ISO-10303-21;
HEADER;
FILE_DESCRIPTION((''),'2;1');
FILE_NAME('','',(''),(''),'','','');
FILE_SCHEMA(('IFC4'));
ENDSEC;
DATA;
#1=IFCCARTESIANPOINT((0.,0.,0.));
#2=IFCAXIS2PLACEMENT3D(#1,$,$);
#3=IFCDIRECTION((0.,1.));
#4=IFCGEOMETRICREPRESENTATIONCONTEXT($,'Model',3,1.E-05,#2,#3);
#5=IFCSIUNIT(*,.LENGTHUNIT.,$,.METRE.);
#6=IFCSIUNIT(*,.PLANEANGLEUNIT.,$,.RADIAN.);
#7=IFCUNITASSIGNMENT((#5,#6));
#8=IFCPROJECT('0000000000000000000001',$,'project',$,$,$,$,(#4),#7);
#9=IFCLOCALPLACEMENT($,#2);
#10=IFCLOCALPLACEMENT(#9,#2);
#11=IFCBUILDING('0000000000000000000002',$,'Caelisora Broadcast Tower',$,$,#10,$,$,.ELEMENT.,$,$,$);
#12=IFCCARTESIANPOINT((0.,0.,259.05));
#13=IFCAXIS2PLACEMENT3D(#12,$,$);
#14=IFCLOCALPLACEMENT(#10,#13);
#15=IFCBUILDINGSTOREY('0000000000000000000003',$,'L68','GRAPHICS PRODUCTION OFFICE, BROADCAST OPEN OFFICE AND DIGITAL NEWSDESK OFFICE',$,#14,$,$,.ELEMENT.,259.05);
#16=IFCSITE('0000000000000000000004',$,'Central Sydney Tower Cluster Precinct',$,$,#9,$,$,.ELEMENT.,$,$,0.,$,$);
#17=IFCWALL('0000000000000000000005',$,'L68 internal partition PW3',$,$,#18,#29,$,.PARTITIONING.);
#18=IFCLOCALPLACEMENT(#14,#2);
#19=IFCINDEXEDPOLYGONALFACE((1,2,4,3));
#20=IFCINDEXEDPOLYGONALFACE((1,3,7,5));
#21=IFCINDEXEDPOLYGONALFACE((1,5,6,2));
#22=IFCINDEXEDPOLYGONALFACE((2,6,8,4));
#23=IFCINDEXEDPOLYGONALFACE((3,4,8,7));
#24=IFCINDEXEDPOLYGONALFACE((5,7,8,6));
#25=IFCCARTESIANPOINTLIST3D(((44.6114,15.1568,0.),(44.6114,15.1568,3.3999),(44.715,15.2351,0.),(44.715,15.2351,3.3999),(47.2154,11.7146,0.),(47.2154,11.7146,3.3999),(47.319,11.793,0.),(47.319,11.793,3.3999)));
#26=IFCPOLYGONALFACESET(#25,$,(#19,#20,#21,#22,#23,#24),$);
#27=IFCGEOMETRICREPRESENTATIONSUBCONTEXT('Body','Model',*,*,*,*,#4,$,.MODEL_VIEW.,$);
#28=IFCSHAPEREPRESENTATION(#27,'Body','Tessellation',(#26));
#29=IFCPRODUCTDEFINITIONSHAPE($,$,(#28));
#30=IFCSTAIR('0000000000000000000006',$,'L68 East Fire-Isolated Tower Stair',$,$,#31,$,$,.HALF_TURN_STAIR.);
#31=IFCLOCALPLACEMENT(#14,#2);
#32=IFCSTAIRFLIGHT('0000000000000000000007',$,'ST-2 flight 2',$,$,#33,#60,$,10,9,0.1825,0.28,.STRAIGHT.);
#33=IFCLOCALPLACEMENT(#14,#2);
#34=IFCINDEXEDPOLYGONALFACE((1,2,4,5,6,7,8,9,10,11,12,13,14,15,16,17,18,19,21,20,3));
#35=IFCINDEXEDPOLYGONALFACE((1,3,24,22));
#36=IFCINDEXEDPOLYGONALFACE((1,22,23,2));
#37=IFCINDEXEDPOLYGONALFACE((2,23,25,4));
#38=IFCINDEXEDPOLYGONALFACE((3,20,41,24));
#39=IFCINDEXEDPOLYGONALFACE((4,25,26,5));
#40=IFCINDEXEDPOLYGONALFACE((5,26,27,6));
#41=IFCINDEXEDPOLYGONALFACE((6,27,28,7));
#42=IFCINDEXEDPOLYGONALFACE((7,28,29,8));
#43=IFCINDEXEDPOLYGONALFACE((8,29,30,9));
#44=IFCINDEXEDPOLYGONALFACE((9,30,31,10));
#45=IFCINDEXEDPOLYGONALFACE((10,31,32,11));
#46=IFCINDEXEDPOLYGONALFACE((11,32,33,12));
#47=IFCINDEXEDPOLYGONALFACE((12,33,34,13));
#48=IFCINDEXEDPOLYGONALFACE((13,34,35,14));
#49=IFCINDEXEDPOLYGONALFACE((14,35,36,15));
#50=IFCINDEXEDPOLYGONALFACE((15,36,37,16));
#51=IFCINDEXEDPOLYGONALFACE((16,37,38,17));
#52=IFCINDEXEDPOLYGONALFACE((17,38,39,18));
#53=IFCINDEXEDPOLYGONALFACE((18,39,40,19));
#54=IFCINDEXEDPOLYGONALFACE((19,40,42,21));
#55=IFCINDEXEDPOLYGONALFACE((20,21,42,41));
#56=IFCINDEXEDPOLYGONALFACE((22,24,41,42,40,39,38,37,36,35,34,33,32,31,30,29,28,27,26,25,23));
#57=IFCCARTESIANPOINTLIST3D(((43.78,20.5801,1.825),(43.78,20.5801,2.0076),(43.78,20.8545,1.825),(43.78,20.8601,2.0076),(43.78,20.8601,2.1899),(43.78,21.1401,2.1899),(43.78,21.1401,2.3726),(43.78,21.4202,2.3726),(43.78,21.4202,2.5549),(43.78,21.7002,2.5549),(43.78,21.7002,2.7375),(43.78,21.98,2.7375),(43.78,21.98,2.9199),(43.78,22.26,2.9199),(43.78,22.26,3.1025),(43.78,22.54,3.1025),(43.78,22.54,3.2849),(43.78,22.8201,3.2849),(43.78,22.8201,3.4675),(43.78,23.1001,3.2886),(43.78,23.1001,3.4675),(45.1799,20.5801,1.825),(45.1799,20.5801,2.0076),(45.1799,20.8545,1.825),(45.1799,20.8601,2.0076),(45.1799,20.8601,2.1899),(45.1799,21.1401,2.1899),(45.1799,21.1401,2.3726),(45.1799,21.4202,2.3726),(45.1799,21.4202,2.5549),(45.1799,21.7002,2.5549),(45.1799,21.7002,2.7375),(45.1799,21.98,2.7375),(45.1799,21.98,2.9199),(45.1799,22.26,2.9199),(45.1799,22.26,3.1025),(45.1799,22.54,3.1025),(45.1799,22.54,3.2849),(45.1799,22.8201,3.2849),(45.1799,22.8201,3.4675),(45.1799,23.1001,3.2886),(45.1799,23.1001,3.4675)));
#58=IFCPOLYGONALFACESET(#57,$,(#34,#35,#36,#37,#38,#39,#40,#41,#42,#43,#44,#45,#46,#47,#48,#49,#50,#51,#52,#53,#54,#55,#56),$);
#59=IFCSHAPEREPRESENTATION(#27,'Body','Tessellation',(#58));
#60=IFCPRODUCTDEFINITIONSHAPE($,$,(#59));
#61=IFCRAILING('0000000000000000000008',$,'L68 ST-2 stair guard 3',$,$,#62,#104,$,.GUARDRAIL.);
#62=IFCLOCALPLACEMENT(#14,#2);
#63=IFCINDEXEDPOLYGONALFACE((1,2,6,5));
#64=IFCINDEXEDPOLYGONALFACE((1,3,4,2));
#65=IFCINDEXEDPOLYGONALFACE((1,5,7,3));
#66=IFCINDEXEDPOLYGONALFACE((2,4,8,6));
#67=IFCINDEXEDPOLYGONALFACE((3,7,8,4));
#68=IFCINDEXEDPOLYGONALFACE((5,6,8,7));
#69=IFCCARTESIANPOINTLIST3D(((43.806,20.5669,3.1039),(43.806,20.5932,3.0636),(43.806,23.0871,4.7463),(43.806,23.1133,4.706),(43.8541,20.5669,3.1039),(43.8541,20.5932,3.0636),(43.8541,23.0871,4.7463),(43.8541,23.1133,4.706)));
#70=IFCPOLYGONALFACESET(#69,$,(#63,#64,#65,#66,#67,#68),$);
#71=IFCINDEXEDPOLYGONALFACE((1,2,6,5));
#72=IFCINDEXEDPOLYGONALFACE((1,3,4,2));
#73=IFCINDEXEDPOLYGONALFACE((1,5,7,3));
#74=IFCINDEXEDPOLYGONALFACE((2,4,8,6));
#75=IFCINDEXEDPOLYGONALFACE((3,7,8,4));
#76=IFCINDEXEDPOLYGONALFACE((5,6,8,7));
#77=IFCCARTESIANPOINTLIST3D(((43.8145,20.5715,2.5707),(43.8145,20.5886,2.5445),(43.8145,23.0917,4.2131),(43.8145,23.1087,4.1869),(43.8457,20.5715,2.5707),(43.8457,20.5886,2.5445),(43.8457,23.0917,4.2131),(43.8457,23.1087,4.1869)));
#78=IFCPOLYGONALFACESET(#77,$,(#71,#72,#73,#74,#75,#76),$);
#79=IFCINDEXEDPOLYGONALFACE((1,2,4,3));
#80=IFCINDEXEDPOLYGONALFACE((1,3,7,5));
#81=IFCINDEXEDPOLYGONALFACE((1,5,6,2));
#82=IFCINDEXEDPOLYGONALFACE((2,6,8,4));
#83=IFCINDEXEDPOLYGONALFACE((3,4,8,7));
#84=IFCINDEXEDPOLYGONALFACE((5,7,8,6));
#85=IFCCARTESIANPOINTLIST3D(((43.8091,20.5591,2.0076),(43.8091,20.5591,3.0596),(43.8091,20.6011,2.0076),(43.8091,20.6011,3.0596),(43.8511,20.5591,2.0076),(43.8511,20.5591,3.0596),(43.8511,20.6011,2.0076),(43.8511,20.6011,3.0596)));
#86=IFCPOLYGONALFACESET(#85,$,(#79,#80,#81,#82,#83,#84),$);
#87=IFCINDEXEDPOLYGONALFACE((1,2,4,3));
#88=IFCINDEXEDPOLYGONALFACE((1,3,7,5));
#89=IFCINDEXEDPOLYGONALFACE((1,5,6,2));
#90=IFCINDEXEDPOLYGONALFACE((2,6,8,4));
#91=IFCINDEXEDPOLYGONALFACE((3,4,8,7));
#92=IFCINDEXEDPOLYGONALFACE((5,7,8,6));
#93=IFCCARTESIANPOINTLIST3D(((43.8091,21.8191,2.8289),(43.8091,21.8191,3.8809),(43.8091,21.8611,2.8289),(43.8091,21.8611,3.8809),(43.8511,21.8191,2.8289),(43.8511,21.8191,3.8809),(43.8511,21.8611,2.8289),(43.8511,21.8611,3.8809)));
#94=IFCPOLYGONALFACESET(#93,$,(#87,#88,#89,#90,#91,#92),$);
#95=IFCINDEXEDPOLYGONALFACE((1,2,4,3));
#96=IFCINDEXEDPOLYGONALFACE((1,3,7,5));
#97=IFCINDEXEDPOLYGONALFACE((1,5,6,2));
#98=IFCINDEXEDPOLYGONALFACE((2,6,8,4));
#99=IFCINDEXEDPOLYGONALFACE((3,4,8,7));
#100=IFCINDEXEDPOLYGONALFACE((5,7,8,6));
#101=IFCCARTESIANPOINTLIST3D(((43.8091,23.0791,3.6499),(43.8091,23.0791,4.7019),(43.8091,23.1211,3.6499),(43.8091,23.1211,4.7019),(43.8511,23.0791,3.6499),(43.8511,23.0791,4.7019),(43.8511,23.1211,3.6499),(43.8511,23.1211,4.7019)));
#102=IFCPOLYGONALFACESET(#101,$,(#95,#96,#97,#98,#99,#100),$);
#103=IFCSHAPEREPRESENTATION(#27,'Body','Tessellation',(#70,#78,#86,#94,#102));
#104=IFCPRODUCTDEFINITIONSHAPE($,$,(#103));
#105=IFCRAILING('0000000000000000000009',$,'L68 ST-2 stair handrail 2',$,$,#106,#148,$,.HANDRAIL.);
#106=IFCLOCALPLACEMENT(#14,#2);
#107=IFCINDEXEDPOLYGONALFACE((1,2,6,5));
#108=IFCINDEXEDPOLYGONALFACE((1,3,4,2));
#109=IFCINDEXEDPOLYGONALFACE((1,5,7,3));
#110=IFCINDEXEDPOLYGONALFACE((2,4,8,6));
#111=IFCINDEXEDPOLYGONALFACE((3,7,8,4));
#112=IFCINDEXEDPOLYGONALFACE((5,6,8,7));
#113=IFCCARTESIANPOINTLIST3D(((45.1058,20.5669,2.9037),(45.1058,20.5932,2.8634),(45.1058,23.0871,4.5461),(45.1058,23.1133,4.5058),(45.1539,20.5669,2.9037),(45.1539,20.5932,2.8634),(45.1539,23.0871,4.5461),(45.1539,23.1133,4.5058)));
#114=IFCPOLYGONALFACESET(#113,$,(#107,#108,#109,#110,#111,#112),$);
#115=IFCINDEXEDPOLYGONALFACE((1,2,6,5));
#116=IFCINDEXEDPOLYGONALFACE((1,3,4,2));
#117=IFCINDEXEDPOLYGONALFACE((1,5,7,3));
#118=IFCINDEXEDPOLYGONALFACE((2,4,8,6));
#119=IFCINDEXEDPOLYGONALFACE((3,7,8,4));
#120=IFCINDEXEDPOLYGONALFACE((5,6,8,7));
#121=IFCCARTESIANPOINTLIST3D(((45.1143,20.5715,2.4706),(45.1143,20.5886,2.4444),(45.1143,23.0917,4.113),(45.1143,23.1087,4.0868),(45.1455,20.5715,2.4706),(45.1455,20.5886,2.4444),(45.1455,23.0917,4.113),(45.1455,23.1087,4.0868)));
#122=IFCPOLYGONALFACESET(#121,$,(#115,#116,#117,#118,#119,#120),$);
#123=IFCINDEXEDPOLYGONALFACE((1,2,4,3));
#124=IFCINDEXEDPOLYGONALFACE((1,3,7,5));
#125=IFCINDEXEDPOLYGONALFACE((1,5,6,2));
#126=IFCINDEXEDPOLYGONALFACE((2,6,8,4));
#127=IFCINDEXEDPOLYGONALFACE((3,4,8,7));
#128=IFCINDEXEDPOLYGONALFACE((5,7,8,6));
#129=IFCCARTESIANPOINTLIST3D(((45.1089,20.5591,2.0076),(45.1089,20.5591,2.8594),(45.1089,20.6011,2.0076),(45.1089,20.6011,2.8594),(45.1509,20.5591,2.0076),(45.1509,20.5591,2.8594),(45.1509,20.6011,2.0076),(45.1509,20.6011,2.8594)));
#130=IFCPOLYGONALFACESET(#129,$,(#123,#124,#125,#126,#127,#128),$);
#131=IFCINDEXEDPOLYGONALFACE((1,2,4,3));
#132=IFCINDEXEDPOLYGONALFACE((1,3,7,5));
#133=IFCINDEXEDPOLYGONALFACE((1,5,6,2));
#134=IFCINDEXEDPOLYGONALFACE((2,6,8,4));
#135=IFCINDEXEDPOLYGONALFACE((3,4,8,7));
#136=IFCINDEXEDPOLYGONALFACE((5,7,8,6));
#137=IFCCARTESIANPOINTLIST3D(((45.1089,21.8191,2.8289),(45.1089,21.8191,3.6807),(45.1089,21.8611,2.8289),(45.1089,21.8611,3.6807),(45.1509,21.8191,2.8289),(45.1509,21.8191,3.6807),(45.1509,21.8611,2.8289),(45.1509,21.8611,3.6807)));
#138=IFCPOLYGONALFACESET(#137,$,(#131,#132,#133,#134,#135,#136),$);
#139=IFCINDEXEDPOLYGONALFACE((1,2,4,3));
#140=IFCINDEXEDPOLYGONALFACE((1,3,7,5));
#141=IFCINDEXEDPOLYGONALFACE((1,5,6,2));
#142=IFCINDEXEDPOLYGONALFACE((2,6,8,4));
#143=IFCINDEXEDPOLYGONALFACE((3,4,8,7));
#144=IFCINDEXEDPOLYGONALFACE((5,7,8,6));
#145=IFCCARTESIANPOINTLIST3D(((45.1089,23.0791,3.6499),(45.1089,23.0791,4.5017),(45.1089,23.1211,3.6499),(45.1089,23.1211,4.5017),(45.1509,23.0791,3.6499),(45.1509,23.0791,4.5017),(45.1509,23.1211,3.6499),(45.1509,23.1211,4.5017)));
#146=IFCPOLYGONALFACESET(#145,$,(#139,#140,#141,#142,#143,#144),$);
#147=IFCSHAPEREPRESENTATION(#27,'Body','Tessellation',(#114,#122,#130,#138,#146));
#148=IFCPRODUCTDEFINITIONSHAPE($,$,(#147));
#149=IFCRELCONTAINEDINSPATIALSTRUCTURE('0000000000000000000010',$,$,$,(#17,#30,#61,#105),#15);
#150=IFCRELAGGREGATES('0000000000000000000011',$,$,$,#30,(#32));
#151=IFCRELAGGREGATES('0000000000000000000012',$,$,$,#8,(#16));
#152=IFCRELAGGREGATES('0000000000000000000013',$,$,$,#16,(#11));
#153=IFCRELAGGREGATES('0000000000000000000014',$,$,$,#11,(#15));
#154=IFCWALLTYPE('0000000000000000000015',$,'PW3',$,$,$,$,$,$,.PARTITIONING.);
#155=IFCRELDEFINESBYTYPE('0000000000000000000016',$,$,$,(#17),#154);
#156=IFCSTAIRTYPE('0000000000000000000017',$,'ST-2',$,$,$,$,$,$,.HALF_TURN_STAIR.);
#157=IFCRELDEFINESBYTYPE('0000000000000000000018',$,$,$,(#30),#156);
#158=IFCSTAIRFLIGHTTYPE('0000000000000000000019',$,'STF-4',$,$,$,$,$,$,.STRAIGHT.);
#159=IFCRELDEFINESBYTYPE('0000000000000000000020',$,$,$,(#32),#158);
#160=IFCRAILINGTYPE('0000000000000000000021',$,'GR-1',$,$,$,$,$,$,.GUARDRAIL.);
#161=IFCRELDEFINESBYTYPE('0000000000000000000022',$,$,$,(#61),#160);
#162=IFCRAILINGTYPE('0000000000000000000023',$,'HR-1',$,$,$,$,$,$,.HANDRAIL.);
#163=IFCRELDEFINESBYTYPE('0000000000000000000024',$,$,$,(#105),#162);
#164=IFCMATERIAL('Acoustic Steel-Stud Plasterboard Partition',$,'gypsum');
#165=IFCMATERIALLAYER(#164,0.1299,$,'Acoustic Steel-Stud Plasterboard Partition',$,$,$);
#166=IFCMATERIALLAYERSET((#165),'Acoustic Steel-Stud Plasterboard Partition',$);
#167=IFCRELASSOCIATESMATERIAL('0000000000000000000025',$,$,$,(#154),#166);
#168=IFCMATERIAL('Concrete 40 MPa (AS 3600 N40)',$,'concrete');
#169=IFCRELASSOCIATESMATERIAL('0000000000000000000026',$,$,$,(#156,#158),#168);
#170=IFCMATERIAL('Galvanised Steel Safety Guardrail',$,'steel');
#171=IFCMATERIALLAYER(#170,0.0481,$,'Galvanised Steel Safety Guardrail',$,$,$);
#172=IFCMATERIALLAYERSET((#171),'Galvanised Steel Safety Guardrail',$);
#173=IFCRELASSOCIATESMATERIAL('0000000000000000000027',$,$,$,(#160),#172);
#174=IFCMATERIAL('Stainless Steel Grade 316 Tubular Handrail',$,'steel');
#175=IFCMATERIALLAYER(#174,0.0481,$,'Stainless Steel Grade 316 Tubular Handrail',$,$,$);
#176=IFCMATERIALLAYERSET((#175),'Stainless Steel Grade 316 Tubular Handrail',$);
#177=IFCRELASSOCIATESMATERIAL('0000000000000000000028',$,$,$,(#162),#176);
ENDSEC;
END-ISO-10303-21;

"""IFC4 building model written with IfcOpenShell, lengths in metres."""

from ifc_helpers import new_model, si_unit, direction, frame, frame_2d, origin, origin_2d, place, context, subcontext, project, spatial, polyline, rectangle, outline, extrude, material, layer, layer_set, type_object, element, aggregate, save


model = new_model("IFC4")

# Units and contexts
model_context = context("Model", 3, precision=1e-05, world=origin(), true_north=direction((0.0, 1.0)))
body_context = subcontext(model_context, "Body", "Model", "MODEL_VIEW")
ifc_project = project(units=[si_unit("LENGTHUNIT", "METRE"), si_unit("PLANEANGLEUNIT", "RADIAN")], contexts=[model_context])

# Site, building, storey
site_placement = place(None, origin())
site = spatial("IfcSite", under=ifc_project, at=site_placement, Name="Central Sydney Tower Cluster Precinct", CompositionType="ELEMENT", RefElevation=0.0)
building_placement = place(site_placement, origin())
building = spatial("IfcBuilding", under=site, at=building_placement, Name="Caelisora Broadcast Tower", CompositionType="ELEMENT")
storey_placement = place(building_placement, frame((0.0, 0.0, 259.05)))
storey = spatial("IfcBuildingStorey", under=building, at=storey_placement, Name="L68", Description="GRAPHICS PRODUCTION OFFICE, BROADCAST OPEN OFFICE AND DIGITAL NEWSDESK OFFICE", CompositionType="ELEMENT", Elevation=259.05)

# Shared definitions
ifc_material_1 = material(Name="Concrete 40 MPa (AS 3600 N40)", Category="concrete")

# Shared definitions
ifc_material_2 = material(Name="Acoustic Steel-Stud Plasterboard Partition", Category="gypsum")
ifc_layer_1 = layer(ifc_material_2, 0.1299, Name="Acoustic Steel-Stud Plasterboard Partition")
ifc_layer_set_1 = layer_set([ifc_layer_1], Name="Acoustic Steel-Stud Plasterboard Partition")
wall_type_1 = type_object("IfcWallType", Name="PW3", PredefinedType="PARTITIONING", material=ifc_layer_set_1)

# Wall
wall_1_placement = place(storey_placement, frame((44.6631, 15.196, 0.0), z_axis=(0.0, 0.0, 1.0), x_axis=(0.603316, -0.797502, 0.0)))
element("IfcWall", 1, at=wall_1_placement, inside=storey, type_object=wall_type_1, Name="L68 internal partition PW3", PredefinedType="PARTITIONING", context=body_context, shape_type="SweptSolid", body=[
    extrude(rectangle(XDim=4.3162, YDim=0.1299, at=frame_2d((2.1582, 0.0))), origin(), (0.0, 0.0, 1.0), 3.3999),
])

# Stair, stair flight
stair_type = type_object("IfcStairType", Name="ST-2", PredefinedType="HALF_TURN_STAIR", material=ifc_material_1)
stair_placement = place(storey_placement, origin())
stair = element("IfcStair", 2, at=stair_placement, inside=storey, type_object=stair_type, Name="L68 East Fire-Isolated Tower Stair", PredefinedType="HALF_TURN_STAIR")
stair_flight_type = type_object("IfcStairFlightType", Name="STF-4", PredefinedType="STRAIGHT", material=ifc_material_1)
stair_flight_placement = place(storey_placement, frame((44.48, 20.5801, 1.825), z_axis=(0.0, 0.0, 1.0), x_axis=(0.0, 1.0, 0.0)))
stair_flight = element("IfcStairFlight", 3, at=stair_flight_placement, type_object=stair_flight_type, Name="ST-2 flight 2", NumberOfRisers=10, NumberOfTreads=9, PredefinedType="STRAIGHT", RiserHeight=0.1825, TreadLength=0.28, context=body_context, shape_type="SweptSolid", body=[
    extrude(outline(polyline([(0.0, 0.0), (0.0, 0.1826), (0.28, 0.1826), (0.28, 0.365), (0.5601, 0.365), (0.5601, 0.5476), (0.8401, 0.5476), (0.8401, 0.73), (1.1201, 0.73), (1.1201, 0.9126), (1.3999, 0.9126), (1.3999, 1.095), (1.6799, 1.095), (1.6799, 1.2776), (1.96, 1.2776), (1.96, 1.46), (2.24, 1.46), (2.24, 1.6426), (2.52, 1.6426), (2.52, 1.825), (2.52, 1.4636), (0.2744, 0.0), (0.0, 0.0)])), frame((0.0, 0.7, 0.0), z_axis=(0.0, -1.0, 0.0), x_axis=(1.0, 0.0, 0.0)), (0.0, 0.0, 1.0), 1.3999),
])
aggregate(stair, [stair_flight])

# Railings
ifc_material_3 = material(Name="Galvanised Steel Safety Guardrail", Category="steel")
ifc_layer_2 = layer(ifc_material_3, 0.0481, Name="Galvanised Steel Safety Guardrail")
ifc_layer_set_2 = layer_set([ifc_layer_2], Name="Galvanised Steel Safety Guardrail")
railing_type_1 = type_object("IfcRailingType", Name="GR-1", PredefinedType="GUARDRAIL", material=ifc_layer_set_2)
railing_1_placement = place(storey_placement, frame((43.8301, 20.5801, 2.0076)))
element("IfcRailing", 4, at=railing_1_placement, inside=storey, type_object=railing_type_1, Name="L68 ST-2 stair guard 3", PredefinedType="GUARDRAIL", context=body_context, shape_type="SweptSolid", body=[
    extrude(rectangle(XDim=0.0481, YDim=0.0481, at=origin_2d()), frame((0.0, 0.0, 1.0762), z_axis=(0.0, 0.837787, 0.545998), x_axis=(-1.0, 0.0, 0.0)), (0.0, 0.0, 1.0), 3.0081),
    extrude(rectangle(XDim=0.0312, YDim=0.0312, at=origin_2d()), frame((0.0, 0.0, 0.55), z_axis=(0.0, 0.837787, 0.545998), x_axis=(-1.0, 0.0, 0.0)), (0.0, 0.0, 1.0), 3.0081),
    extrude(rectangle(XDim=0.042, YDim=0.042, at=origin_2d()), origin(), (0.0, 0.0, 1.0), 1.052),
    extrude(rectangle(XDim=0.042, YDim=0.042, at=origin_2d()), frame((0.0, 1.26, 0.8213)), (0.0, 0.0, 1.0), 1.052),
    extrude(rectangle(XDim=0.042, YDim=0.042, at=origin_2d()), frame((0.0, 2.52, 1.6423)), (0.0, 0.0, 1.0), 1.052),
])
ifc_material_4 = material(Name="Stainless Steel Grade 316 Tubular Handrail", Category="steel")
ifc_layer_3 = layer(ifc_material_4, 0.0481, Name="Stainless Steel Grade 316 Tubular Handrail")
ifc_layer_set_3 = layer_set([ifc_layer_3], Name="Stainless Steel Grade 316 Tubular Handrail")
railing_type_2 = type_object("IfcRailingType", Name="HR-1", PredefinedType="HANDRAIL", material=ifc_layer_set_3)
railing_2_placement = place(storey_placement, frame((45.1299, 20.5801, 2.0076)))
element("IfcRailing", 5, at=railing_2_placement, inside=storey, type_object=railing_type_2, Name="L68 ST-2 stair handrail 2", PredefinedType="HANDRAIL", context=body_context, shape_type="SweptSolid", body=[
    extrude(rectangle(XDim=0.0481, YDim=0.0481, at=origin_2d()), frame((0.0, 0.0, 0.876), z_axis=(0.0, 0.837787, 0.545998), x_axis=(-1.0, 0.0, 0.0)), (0.0, 0.0, 1.0), 3.0081),
    extrude(rectangle(XDim=0.0312, YDim=0.0312, at=origin_2d()), frame((0.0, 0.0, 0.45), z_axis=(0.0, 0.837787, 0.545998), x_axis=(-1.0, 0.0, 0.0)), (0.0, 0.0, 1.0), 3.0081),
    extrude(rectangle(XDim=0.042, YDim=0.042, at=origin_2d()), origin(), (0.0, 0.0, 1.0), 0.8518),
    extrude(rectangle(XDim=0.042, YDim=0.042, at=origin_2d()), frame((0.0, 1.26, 0.8213)), (0.0, 0.0, 1.0), 0.8518),
    extrude(rectangle(XDim=0.042, YDim=0.042, at=origin_2d()), frame((0.0, 2.52, 1.6423)), (0.0, 0.0, 1.0), 0.8518),
])

save(model, "model.ifc")
